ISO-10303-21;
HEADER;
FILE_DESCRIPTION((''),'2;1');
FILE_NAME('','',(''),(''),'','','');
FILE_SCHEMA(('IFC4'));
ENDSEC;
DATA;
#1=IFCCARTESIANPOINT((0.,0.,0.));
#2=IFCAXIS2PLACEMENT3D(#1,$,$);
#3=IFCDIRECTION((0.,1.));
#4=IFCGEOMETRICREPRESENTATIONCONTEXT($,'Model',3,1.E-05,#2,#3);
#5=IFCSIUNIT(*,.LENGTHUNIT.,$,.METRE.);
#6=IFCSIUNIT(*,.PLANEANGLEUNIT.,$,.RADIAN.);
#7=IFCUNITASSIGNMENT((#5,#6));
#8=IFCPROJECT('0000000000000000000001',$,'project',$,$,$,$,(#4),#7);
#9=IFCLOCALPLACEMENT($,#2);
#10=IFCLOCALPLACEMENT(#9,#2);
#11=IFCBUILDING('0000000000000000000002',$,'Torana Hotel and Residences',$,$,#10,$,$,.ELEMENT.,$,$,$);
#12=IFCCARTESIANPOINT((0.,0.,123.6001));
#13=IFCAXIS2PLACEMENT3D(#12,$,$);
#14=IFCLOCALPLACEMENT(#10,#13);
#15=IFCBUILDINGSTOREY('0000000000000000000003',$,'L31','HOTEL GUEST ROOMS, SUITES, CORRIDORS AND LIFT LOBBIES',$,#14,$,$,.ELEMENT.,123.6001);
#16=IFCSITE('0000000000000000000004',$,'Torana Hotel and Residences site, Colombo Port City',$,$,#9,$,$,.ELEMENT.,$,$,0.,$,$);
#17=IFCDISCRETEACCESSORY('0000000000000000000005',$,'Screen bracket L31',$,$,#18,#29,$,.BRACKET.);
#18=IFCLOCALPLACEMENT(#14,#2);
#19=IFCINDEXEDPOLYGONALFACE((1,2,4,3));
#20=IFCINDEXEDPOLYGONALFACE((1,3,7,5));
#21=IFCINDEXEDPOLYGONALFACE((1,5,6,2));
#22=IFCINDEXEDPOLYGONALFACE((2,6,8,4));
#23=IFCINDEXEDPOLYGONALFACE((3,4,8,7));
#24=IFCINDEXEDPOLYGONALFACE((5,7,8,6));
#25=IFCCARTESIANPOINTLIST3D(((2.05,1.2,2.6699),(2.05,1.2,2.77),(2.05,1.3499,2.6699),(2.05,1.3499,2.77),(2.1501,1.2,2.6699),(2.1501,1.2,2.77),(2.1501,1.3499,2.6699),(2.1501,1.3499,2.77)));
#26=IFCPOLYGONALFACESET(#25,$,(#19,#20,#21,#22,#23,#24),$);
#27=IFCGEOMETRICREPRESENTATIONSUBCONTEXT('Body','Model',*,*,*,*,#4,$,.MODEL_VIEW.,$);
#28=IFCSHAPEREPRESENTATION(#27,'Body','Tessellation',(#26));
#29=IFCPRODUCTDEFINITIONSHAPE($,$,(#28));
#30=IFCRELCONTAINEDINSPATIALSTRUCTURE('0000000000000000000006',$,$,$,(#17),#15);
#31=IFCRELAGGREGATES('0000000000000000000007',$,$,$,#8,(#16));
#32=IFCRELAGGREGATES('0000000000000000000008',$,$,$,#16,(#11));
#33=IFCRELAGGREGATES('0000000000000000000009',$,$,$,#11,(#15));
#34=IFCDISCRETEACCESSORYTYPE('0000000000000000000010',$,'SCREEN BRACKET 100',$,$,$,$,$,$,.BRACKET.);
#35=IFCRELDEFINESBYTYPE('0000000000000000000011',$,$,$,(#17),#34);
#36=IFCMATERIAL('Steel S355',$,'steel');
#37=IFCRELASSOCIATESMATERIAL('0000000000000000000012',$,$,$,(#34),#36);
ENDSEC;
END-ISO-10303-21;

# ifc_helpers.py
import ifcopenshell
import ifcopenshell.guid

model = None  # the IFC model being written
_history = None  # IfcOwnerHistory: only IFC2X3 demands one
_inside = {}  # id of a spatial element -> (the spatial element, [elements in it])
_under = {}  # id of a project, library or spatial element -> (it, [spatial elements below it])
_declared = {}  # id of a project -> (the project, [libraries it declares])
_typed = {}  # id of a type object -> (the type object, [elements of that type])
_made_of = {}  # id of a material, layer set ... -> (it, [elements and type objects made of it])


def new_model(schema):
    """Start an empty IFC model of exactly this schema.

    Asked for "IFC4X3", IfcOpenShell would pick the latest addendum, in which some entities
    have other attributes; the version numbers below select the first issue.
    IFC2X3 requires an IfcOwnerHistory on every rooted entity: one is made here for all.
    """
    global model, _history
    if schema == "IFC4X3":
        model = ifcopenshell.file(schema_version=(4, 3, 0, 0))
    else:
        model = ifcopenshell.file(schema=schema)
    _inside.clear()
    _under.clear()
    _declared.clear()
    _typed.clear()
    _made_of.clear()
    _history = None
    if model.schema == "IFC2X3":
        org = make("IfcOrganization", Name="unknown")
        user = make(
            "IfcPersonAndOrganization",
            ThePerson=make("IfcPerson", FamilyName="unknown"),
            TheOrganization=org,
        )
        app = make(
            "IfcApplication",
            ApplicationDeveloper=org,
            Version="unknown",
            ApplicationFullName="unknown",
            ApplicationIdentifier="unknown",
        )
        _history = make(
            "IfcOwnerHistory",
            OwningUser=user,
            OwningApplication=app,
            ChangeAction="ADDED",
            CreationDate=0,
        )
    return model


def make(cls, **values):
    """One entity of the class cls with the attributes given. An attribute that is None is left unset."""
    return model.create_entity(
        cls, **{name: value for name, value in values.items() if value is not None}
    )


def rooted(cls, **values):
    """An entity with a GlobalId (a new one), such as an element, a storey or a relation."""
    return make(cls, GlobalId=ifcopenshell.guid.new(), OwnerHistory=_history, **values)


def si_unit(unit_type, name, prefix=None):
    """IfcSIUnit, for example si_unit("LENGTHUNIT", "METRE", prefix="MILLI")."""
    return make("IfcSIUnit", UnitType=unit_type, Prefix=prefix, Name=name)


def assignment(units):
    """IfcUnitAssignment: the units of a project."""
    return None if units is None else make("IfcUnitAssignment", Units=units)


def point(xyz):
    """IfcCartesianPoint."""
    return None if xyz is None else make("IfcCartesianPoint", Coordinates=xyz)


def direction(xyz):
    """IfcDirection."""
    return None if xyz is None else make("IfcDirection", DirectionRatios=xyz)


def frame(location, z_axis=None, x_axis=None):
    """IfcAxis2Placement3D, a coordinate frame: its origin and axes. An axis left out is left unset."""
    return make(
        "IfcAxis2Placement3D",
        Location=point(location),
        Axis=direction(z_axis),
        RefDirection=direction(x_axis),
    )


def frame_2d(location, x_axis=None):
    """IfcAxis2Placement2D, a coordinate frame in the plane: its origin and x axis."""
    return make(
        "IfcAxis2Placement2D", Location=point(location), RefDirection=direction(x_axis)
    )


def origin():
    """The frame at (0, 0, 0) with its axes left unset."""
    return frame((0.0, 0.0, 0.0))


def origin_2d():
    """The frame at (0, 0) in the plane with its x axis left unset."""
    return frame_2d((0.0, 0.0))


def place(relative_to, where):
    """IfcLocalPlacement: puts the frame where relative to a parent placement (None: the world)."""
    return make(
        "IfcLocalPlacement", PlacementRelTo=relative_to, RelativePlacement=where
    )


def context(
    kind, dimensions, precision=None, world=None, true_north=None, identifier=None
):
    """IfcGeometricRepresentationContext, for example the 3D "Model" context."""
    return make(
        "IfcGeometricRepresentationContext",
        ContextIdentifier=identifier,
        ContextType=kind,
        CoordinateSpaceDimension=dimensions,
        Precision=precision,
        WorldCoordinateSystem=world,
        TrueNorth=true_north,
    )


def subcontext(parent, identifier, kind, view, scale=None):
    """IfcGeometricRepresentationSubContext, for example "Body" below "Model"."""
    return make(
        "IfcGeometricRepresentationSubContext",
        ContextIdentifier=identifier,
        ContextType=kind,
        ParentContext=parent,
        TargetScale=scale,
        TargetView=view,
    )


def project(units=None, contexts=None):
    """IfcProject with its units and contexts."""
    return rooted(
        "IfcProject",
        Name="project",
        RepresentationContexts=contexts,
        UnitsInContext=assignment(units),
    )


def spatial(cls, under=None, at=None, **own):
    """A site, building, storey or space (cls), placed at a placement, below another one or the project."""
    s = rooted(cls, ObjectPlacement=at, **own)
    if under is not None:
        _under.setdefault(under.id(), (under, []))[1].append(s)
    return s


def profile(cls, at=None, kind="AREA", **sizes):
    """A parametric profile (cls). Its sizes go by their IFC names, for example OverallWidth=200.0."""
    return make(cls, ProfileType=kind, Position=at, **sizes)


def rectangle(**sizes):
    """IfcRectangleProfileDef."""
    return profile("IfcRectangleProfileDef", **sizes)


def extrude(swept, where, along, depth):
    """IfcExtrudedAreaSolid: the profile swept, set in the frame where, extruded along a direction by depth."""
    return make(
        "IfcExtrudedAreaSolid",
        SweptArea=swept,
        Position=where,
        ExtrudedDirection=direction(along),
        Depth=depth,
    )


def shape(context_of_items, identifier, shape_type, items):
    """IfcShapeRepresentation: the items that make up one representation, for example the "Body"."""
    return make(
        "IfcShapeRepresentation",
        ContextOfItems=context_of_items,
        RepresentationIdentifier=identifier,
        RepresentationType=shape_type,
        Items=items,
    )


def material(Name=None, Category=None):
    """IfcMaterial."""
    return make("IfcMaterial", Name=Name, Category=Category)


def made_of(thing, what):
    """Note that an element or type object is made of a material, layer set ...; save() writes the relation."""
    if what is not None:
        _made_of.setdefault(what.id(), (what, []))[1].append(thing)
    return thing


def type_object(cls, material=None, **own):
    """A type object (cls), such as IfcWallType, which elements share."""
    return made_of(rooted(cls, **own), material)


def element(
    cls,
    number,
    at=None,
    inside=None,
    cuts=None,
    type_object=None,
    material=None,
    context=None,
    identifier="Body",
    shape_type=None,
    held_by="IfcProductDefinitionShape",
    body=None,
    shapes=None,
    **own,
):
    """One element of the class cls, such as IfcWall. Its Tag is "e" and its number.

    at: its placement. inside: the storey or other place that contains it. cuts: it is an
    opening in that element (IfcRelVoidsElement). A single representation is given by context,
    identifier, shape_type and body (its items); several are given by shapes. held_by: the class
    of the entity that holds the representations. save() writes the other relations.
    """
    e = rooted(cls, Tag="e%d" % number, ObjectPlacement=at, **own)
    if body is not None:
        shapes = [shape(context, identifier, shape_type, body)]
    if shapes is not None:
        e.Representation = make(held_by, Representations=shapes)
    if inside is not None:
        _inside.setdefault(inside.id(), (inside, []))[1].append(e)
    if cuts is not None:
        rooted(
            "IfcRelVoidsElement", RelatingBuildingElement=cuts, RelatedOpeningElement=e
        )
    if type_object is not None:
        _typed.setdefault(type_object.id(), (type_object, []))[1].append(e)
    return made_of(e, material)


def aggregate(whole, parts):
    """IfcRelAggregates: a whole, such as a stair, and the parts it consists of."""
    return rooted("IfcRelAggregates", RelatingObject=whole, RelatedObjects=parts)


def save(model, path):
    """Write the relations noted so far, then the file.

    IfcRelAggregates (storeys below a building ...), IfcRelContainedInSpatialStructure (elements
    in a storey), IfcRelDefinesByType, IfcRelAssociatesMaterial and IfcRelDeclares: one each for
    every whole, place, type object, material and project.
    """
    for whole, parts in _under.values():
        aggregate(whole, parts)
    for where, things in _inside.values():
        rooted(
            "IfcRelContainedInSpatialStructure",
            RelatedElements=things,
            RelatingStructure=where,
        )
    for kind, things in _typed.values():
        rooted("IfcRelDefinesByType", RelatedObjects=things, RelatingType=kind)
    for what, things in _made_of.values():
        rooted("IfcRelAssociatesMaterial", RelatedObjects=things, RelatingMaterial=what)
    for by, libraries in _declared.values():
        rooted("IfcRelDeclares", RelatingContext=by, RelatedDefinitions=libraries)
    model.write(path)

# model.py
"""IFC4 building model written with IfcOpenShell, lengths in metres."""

from ifc_helpers import new_model, si_unit, direction, frame, origin, origin_2d, place, context, subcontext, project, spatial, rectangle, extrude, material, type_object, element, save


model = new_model("IFC4")

# Units and contexts
model_context = context("Model", 3, precision=1e-05, world=origin(), true_north=direction((0.0, 1.0)))
body_context = subcontext(model_context, "Body", "Model", "MODEL_VIEW")
ifc_project = project(units=[si_unit("LENGTHUNIT", "METRE"), si_unit("PLANEANGLEUNIT", "RADIAN")], contexts=[model_context])

# Site, building, storey
site_placement = place(None, origin())
site = spatial("IfcSite", under=ifc_project, at=site_placement, Name="Torana Hotel and Residences site, Colombo Port City", CompositionType="ELEMENT", RefElevation=0.0)
building_placement = place(site_placement, origin())
building = spatial("IfcBuilding", under=site, at=building_placement, Name="Torana Hotel and Residences", CompositionType="ELEMENT")
storey_placement = place(building_placement, frame((0.0, 0.0, 123.6001)))
storey = spatial("IfcBuildingStorey", under=building, at=storey_placement, Name="L31", Description="HOTEL GUEST ROOMS, SUITES, CORRIDORS AND LIFT LOBBIES", CompositionType="ELEMENT", Elevation=123.6001)

# Discrete accessory
ifc_material_1 = material(Name="Steel S355", Category="steel")
discrete_accessory_type = type_object("IfcDiscreteAccessoryType", Name="SCREEN BRACKET 100", PredefinedType="BRACKET", material=ifc_material_1)
for number, where, z_axis, x_axis, name in (
    (1, (2.1001, 1.2749, 2.6699), (0.0, 0.0, 1.0), (-1.0, 0.0, 0.0), "Screen bracket L31"),
):
    element("IfcDiscreteAccessory", number, at=place(storey_placement, frame(where, z_axis=z_axis, x_axis=x_axis)), inside=storey, type_object=discrete_accessory_type, Name=name, PredefinedType="BRACKET", context=body_context, shape_type="SweptSolid", body=[
        extrude(rectangle(XDim=0.1001, YDim=0.1499, at=origin_2d()), origin(), (0.0, 0.0, 1.0), 0.1001),
    ])

save(model, "model.ifc")
